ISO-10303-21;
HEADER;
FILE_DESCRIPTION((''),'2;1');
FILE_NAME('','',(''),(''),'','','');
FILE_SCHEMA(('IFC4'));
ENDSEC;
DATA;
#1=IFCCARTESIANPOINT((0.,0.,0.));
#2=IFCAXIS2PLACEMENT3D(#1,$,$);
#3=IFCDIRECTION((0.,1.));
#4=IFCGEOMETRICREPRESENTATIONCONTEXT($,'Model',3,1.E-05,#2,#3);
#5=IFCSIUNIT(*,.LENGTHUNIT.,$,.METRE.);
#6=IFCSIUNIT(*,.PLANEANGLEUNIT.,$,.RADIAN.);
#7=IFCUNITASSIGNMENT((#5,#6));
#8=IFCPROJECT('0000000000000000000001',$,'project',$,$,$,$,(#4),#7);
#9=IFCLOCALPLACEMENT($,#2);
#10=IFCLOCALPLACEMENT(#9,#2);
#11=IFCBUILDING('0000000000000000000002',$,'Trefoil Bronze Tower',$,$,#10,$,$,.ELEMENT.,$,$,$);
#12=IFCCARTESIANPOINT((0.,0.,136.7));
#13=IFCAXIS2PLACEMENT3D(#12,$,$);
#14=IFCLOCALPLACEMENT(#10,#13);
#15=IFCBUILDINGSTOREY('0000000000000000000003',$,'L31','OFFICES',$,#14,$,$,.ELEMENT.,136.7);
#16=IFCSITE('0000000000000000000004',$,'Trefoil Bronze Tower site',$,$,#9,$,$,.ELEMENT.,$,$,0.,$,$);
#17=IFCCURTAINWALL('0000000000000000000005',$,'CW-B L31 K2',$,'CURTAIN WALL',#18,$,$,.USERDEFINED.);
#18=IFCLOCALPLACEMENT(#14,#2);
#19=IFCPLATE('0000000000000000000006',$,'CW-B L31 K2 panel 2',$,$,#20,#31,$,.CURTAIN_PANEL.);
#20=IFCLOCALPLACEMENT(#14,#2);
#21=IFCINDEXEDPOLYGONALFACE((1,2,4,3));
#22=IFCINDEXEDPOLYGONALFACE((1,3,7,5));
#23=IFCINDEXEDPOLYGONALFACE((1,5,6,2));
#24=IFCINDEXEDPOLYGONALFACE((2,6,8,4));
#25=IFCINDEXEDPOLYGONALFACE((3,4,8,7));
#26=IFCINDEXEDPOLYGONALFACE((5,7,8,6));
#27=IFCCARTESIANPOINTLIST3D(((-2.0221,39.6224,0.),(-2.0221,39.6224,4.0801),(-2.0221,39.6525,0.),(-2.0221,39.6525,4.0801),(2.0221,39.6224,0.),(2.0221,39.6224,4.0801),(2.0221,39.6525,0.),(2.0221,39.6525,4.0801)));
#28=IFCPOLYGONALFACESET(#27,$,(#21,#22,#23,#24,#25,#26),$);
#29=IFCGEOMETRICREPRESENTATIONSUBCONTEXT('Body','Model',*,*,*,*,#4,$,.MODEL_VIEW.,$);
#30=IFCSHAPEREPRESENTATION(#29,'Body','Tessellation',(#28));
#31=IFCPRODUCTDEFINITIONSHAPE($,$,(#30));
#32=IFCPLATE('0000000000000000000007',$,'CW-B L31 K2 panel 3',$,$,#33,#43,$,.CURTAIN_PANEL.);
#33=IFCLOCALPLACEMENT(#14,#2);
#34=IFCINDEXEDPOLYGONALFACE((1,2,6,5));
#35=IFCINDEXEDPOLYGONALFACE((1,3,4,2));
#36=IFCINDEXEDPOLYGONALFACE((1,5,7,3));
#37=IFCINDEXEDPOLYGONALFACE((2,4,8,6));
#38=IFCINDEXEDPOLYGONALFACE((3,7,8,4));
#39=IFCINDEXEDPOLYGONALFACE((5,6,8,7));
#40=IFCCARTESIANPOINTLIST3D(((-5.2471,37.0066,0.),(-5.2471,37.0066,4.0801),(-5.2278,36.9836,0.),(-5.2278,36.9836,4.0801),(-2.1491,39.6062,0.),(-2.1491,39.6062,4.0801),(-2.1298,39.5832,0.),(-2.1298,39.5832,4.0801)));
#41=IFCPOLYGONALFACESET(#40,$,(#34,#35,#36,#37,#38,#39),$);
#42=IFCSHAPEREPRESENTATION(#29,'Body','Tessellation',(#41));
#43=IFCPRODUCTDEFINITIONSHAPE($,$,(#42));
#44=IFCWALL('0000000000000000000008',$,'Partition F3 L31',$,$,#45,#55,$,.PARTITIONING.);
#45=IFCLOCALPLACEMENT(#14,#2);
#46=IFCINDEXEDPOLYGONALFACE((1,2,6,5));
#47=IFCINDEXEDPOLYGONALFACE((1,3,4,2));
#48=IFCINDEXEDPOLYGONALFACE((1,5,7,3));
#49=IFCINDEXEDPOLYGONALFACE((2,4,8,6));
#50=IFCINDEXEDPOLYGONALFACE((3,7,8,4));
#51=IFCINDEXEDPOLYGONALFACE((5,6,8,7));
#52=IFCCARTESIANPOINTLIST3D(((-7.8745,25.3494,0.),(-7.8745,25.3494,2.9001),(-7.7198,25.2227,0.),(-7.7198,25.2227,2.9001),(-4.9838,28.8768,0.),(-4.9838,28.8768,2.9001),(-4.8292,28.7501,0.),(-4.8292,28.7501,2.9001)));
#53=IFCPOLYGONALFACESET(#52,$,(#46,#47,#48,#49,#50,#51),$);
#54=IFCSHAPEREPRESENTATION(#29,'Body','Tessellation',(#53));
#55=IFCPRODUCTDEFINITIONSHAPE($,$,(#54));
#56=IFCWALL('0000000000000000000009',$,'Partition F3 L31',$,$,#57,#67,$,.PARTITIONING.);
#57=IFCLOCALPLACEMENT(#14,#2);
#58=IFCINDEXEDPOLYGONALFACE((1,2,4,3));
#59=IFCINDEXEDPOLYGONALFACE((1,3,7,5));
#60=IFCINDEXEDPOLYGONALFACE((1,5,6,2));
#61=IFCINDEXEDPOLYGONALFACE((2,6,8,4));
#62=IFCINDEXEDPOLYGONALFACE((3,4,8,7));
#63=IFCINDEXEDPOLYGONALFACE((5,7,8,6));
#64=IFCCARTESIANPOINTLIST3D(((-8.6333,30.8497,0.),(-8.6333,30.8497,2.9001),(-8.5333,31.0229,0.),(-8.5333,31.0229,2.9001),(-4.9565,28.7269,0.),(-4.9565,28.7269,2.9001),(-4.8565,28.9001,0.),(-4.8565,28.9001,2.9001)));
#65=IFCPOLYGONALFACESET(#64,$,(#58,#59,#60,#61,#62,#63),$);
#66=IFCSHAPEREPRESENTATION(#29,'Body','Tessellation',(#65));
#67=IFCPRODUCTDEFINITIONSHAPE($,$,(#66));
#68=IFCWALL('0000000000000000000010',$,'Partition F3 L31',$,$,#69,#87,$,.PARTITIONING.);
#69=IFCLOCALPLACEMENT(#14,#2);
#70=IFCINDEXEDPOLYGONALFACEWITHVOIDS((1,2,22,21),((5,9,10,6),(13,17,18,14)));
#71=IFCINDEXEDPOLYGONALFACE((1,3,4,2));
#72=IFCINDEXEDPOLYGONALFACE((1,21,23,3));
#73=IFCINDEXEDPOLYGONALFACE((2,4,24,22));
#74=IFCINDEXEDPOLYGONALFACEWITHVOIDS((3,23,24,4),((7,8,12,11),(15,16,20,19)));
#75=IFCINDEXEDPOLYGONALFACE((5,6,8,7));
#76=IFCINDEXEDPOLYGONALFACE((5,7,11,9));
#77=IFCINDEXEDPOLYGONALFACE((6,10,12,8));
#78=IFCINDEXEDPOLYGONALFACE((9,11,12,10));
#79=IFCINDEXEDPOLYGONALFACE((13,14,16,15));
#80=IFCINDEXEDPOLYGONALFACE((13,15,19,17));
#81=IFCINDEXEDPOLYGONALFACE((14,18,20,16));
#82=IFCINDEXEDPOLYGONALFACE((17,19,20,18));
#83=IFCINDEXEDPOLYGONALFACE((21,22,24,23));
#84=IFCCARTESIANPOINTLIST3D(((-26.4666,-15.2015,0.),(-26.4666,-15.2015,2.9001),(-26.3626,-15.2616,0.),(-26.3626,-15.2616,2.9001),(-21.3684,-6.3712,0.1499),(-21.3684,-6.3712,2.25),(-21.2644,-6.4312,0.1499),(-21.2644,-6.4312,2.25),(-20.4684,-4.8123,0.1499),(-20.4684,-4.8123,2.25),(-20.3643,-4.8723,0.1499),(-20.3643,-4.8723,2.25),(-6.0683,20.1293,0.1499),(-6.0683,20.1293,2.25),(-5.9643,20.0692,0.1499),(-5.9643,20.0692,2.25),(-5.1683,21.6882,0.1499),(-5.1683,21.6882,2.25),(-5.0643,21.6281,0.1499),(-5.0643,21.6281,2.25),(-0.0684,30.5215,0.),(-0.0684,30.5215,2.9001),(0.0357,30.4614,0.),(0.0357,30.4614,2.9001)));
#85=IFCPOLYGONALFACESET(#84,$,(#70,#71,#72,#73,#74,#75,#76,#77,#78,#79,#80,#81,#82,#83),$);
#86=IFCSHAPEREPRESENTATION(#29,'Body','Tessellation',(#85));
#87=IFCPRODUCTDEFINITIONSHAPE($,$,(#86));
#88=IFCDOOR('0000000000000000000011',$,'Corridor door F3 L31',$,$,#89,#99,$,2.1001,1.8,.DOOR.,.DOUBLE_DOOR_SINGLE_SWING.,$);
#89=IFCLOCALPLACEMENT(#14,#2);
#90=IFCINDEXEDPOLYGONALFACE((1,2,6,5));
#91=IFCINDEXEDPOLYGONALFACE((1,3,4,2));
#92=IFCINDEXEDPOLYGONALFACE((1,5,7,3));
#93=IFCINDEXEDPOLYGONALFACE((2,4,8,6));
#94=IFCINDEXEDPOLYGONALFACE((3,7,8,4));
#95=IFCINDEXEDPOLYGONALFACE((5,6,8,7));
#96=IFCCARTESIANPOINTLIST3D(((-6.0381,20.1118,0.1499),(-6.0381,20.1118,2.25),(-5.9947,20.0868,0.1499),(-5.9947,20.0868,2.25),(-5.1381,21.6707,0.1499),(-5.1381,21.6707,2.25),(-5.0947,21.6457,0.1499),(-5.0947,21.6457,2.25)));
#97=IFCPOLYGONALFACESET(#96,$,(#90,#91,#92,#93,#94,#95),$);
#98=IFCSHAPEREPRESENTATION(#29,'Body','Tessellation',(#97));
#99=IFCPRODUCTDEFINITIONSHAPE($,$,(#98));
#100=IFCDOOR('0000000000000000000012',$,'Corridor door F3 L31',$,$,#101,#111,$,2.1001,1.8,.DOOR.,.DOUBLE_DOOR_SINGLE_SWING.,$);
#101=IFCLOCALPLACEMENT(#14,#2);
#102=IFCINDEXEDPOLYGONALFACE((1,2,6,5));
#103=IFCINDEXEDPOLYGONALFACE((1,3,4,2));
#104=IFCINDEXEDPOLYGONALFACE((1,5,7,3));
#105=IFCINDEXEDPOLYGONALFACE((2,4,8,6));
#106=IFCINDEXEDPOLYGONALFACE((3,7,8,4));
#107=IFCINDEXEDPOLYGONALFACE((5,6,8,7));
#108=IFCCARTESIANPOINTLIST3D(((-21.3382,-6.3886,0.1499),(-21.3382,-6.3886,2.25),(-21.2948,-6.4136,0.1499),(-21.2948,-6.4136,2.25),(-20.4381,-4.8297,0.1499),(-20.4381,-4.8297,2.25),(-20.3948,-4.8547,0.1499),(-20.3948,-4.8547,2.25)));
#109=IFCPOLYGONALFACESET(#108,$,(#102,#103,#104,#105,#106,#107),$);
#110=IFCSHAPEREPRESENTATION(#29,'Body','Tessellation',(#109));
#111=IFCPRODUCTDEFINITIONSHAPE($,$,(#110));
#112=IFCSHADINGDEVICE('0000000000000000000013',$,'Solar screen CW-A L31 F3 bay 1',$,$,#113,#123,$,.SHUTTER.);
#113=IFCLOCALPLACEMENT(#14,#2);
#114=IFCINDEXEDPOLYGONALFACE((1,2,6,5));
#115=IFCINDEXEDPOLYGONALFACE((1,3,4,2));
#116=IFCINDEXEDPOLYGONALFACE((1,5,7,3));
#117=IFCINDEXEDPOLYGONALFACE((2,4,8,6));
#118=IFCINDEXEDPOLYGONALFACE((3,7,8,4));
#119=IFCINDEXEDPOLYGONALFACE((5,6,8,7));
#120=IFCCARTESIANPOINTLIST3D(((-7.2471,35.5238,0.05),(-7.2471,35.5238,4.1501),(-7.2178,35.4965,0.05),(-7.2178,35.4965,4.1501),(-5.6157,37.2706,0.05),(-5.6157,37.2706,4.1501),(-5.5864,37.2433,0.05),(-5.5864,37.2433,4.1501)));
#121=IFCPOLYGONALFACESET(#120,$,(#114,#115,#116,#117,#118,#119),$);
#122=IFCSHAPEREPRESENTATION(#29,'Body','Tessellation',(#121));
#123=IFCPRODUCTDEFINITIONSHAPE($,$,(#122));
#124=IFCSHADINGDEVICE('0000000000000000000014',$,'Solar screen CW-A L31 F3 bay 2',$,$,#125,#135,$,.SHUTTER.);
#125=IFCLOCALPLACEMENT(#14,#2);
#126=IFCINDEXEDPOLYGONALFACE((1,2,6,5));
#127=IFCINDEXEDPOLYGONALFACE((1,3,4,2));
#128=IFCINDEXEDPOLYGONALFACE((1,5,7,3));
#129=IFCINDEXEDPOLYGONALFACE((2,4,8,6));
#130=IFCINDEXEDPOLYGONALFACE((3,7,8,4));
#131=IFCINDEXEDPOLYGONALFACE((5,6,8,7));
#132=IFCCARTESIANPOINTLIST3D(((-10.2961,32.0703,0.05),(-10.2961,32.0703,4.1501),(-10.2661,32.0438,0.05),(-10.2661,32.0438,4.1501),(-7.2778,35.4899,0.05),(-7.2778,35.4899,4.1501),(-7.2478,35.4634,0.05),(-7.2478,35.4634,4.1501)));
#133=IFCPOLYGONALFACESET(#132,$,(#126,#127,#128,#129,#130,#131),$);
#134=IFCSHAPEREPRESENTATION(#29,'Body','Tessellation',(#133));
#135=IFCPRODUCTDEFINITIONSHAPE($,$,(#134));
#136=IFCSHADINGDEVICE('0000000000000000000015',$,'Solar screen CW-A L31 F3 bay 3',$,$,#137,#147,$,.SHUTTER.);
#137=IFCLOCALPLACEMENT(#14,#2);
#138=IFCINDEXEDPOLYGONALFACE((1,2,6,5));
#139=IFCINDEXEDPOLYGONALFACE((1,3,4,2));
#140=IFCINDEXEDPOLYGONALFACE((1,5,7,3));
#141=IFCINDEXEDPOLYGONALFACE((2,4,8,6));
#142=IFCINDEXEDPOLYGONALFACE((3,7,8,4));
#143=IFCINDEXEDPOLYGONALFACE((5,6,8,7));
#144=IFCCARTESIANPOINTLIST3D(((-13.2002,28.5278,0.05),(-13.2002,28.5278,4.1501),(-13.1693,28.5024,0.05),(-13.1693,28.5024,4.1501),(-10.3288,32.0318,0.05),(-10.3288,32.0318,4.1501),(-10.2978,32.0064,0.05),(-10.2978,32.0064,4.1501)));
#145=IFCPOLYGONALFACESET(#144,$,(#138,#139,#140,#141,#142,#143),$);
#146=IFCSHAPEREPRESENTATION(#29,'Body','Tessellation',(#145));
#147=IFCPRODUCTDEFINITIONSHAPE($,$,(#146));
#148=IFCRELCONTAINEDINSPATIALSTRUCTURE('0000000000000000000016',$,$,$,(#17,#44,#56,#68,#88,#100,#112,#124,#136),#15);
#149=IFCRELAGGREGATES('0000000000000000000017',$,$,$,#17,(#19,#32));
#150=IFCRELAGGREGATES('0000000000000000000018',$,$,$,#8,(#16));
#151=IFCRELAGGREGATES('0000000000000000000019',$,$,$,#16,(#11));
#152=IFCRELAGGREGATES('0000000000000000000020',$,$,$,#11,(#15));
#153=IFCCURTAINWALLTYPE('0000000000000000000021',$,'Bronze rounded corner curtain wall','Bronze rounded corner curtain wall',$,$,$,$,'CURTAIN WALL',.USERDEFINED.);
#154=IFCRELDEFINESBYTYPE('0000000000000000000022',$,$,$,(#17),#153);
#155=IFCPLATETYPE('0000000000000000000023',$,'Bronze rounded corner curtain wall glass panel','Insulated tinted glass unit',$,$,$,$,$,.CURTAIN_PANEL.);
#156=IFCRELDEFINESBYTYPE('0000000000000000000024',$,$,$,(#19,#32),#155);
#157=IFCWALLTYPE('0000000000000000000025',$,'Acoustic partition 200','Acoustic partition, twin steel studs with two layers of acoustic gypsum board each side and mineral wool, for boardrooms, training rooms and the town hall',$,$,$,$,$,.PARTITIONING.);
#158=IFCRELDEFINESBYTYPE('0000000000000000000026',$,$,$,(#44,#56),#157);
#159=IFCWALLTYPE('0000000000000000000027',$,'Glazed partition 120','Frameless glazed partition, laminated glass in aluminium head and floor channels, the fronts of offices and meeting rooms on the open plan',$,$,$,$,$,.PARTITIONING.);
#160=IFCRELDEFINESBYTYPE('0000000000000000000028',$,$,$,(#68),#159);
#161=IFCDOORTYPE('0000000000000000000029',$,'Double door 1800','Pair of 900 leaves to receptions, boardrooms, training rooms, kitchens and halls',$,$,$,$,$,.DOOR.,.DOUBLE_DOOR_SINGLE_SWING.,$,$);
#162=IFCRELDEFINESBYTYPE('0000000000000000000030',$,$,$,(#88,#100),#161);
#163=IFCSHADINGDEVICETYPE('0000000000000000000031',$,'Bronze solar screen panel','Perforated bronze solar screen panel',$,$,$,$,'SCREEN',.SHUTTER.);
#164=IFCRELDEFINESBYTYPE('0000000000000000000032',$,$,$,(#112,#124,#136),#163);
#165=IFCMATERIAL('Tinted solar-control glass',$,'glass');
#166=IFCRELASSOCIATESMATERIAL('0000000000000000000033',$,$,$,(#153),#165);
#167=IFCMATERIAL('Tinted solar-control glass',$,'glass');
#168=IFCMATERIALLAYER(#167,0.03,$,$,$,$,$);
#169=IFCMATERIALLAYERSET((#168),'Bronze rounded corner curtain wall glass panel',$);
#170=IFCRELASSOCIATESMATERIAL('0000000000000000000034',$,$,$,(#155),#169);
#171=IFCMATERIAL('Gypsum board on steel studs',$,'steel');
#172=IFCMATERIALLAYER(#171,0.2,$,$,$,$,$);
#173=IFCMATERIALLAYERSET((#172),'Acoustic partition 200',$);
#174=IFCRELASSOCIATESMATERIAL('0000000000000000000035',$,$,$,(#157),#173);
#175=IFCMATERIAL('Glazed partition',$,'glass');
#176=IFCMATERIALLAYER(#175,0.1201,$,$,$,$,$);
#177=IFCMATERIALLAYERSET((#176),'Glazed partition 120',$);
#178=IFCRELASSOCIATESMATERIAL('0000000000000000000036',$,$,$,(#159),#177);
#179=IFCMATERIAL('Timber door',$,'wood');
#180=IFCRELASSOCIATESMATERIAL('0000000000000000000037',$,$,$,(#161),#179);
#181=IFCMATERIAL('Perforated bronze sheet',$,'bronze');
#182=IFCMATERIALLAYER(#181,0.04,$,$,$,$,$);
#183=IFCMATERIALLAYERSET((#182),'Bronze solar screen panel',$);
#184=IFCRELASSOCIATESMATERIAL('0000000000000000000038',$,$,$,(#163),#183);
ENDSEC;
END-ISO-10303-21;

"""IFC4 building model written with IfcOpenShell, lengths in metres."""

from ifc_helpers import new_model, si_unit, direction, frame, frame_2d, origin, origin_2d, place, context, subcontext, project, spatial, rectangle, extrude, material, layer, layer_set, type_object, element, fill, aggregate, save


model = new_model("IFC4")

# Units and contexts
model_context = context("Model", 3, precision=1e-05, world=origin(), true_north=direction((0.0, 1.0)))
body_context = subcontext(model_context, "Body", "Model", "MODEL_VIEW")
ifc_project = project(units=[si_unit("LENGTHUNIT", "METRE"), si_unit("PLANEANGLEUNIT", "RADIAN")], contexts=[model_context])

# Site, building, storey
site_placement = place(None, origin())
site = spatial("IfcSite", under=ifc_project, at=site_placement, Name="Trefoil Bronze Tower site", CompositionType="ELEMENT", RefElevation=0.0)
building_placement = place(site_placement, origin())
building = spatial("IfcBuilding", under=site, at=building_placement, Name="Trefoil Bronze Tower", CompositionType="ELEMENT")
storey_placement = place(building_placement, frame((0.0, 0.0, 136.7)))
storey = spatial("IfcBuildingStorey", under=building, at=storey_placement, Name="L31", Description="OFFICES", CompositionType="ELEMENT", Elevation=136.7)

# Curtain wall
ifc_material_1 = material(Name="Tinted solar-control glass", Category="glass")
curtain_wall_type_1 = type_object("IfcCurtainWallType", Name="Bronze rounded corner curtain wall", Description="Bronze rounded corner curtain wall", ElementType="CURTAIN WALL", PredefinedType="USERDEFINED", material=ifc_material_1)
curtain_wall_1_placement = place(storey_placement, origin())
curtain_wall_1 = element("IfcCurtainWall", 1, at=curtain_wall_1_placement, inside=storey, type_object=curtain_wall_type_1, Name="CW-B L31 K2", ObjectType="CURTAIN WALL", PredefinedType="USERDEFINED")

# Plates
ifc_material_2 = material(Name="Tinted solar-control glass", Category="glass")
ifc_layer_1 = layer(ifc_material_2, 0.03)
ifc_layer_set_1 = layer_set([ifc_layer_1], Name="Bronze rounded corner curtain wall glass panel")
plate_type_1 = type_object("IfcPlateType", Name="Bronze rounded corner curtain wall glass panel", Description="Insulated tinted glass unit", PredefinedType="CURTAIN_PANEL", material=ifc_layer_set_1)
plate_1_placement = place(storey_placement, frame((0.0, 39.6375, 0.0), z_axis=(0.0, 0.0, 1.0), x_axis=(-1.0, 0.0, 0.0)))
plate_1 = element("IfcPlate", 2, at=plate_1_placement, type_object=plate_type_1, Name="CW-B L31 K2 panel 2", PredefinedType="CURTAIN_PANEL", context=body_context, shape_type="SweptSolid", body=[
    extrude(rectangle(XDim=4.0442, YDim=0.03, at=origin_2d()), origin(), (0.0, 0.0, 1.0), 4.0801),
])
plate_2_placement = place(storey_placement, frame((-3.6885, 38.2949, 0.0), z_axis=(0.0, 0.0, 1.0), x_axis=(-0.766044, -0.642788, 0.0)))
plate_2 = element("IfcPlate", 3, at=plate_2_placement, type_object=plate_type_1, Name="CW-B L31 K2 panel 3", PredefinedType="CURTAIN_PANEL", context=body_context, shape_type="SweptSolid", body=[
    extrude(rectangle(XDim=4.0442, YDim=0.03, at=origin_2d()), origin(), (0.0, 0.0, 1.0), 4.0801),
])
aggregate(curtain_wall_1, [plate_1, plate_2])

# Walls
ifc_material_3 = material(Name="Gypsum board on steel studs", Category="steel")
ifc_layer_2 = layer(ifc_material_3, 0.2)
ifc_layer_set_2 = layer_set([ifc_layer_2], Name="Acoustic partition 200")
wall_type_1 = type_object("IfcWallType", Name="Acoustic partition 200", Description="Acoustic partition, twin steel studs with two layers of acoustic gypsum board each side and mineral wool, for boardrooms, training rooms and the town hall", PredefinedType="PARTITIONING", material=ifc_layer_set_2)
wall_1_placement = place(storey_placement, frame((-4.9065, 28.8135, 0.0), z_axis=(0.0, 0.0, 1.0), x_axis=(-0.633844, -0.773461, 0.0)))
element("IfcWall", 4, at=wall_1_placement, inside=storey, type_object=wall_type_1, Name="Partition F3 L31", PredefinedType="PARTITIONING", context=body_context, shape_type="SweptSolid", body=[
    extrude(rectangle(XDim=4.5605, YDim=0.2, at=frame_2d((2.2803, 0.0))), origin(), (0.0, 0.0, 1.0), 2.9001),
])
wall_2_placement = place(storey_placement, frame((-4.9065, 28.8135, 0.0), z_axis=(0.0, 0.0, 1.0), x_axis=(-0.866023, 0.500005, 0.0)))
element("IfcWall", 5, at=wall_2_placement, inside=storey, type_object=wall_type_1, Name="Partition F3 L31", PredefinedType="PARTITIONING", context=body_context, shape_type="SweptSolid", body=[
    extrude(rectangle(XDim=4.2456, YDim=0.2, at=frame_2d((2.1228, 0.0))), origin(), (0.0, 0.0, 1.0), 2.9001),
])

# Wall, openings, doors
ifc_material_4 = material(Name="Glazed partition", Category="glass")
ifc_layer_3 = layer(ifc_material_4, 0.1201)
ifc_layer_set_3 = layer_set([ifc_layer_3], Name="Glazed partition 120")
wall_type_2 = type_object("IfcWallType", Name="Glazed partition 120", Description="Frameless glazed partition, laminated glass in aluminium head and floor channels, the fronts of offices and meeting rooms on the open plan", PredefinedType="PARTITIONING", material=ifc_layer_set_3)
wall_3_placement = place(storey_placement, frame((-0.0164, 30.4915, 0.0), z_axis=(0.0, 0.0, 1.0), x_axis=(-0.500001, -0.866025, 0.0)))
wall_3 = element("IfcWall", 6, at=wall_3_placement, inside=storey, type_object=wall_type_2, Name="Partition F3 L31", PredefinedType="PARTITIONING", context=body_context, shape_type="SweptSolid", body=[
    extrude(rectangle(XDim=52.7964, YDim=0.1201, at=frame_2d((26.3982, 0.0))), origin(), (0.0, 0.0, 1.0), 2.9001),
])
opening_1_placement = place(wall_3_placement, frame((10.2, 0.0, 0.1499)))
opening_1 = element("IfcOpeningElement", 7, at=opening_1_placement, cuts=wall_3, PredefinedType="OPENING", context=body_context, shape_type="SweptSolid", body=[
    extrude(rectangle(XDim=1.8, YDim=2.1001, at=frame_2d((0.8999, 1.05))), frame((0.0, 0.0701, 0.0), z_axis=(0.0, -1.0, 0.0), x_axis=(1.0, 0.0, 0.0)), (0.0, 0.0, 1.0), 0.1401),
])
opening_2_placement = place(wall_3_placement, frame((40.8, 0.0, 0.1499)))
opening_2 = element("IfcOpeningElement", 8, at=opening_2_placement, cuts=wall_3, PredefinedType="OPENING", context=body_context, shape_type="SweptSolid", body=[
    extrude(rectangle(XDim=1.8, YDim=2.1001, at=frame_2d((0.8999, 1.05))), frame((0.0, 0.0701, 0.0), z_axis=(0.0, -1.0, 0.0), x_axis=(1.0, 0.0, 0.0)), (0.0, 0.0, 1.0), 0.1401),
])
ifc_material_5 = material(Name="Timber door", Category="wood")
door_type = type_object("IfcDoorType", Name="Double door 1800", Description="Pair of 900 leaves to receptions, boardrooms, training rooms, kitchens and halls", OperationType="DOUBLE_DOOR_SINGLE_SWING", PredefinedType="DOOR", material=ifc_material_5)
door_1_placement = place(opening_1_placement, origin())
door_1 = element("IfcDoor", 9, at=door_1_placement, inside=storey, type_object=door_type, Name="Corridor door F3 L31", OperationType="DOUBLE_DOOR_SINGLE_SWING", OverallHeight=2.1001, OverallWidth=1.8, PredefinedType="DOOR", context=body_context, shape_type="SweptSolid", body=[
    extrude(rectangle(XDim=1.8, YDim=2.1001, at=frame_2d((0.8999, 1.05))), frame((0.0, 0.0249, 0.0), z_axis=(0.0, -1.0, 0.0), x_axis=(1.0, 0.0, 0.0)), (0.0, 0.0, 1.0), 0.05),
])
fill(opening_1, door_1)
door_2_placement = place(opening_2_placement, origin())
door_2 = element("IfcDoor", 10, at=door_2_placement, inside=storey, type_object=door_type, Name="Corridor door F3 L31", OperationType="DOUBLE_DOOR_SINGLE_SWING", OverallHeight=2.1001, OverallWidth=1.8, PredefinedType="DOOR", context=body_context, shape_type="SweptSolid", body=[
    extrude(rectangle(XDim=1.8, YDim=2.1001, at=frame_2d((0.8999, 1.05))), frame((0.0, 0.0249, 0.0), z_axis=(0.0, -1.0, 0.0), x_axis=(1.0, 0.0, 0.0)), (0.0, 0.0, 1.0), 0.05),
])
fill(opening_2, door_2)

# Shading devices
ifc_material_6 = material(Name="Perforated bronze sheet", Category="bronze")
ifc_layer_4 = layer(ifc_material_6, 0.04)
ifc_layer_set_4 = layer_set([ifc_layer_4], Name="Bronze solar screen panel")
shading_device_type = type_object("IfcShadingDeviceType", Name="Bronze solar screen panel", Description="Perforated bronze solar screen panel", ElementType="SCREEN", PredefinedType="SHUTTER", material=ifc_layer_set_4)
shading_device_1_placement = place(storey_placement, frame((-6.4167, 36.3835, 0.05), z_axis=(0.0, 0.0, 1.0), x_axis=(-0.682536, -0.730852, 0.0)))
element("IfcShadingDevice", 11, at=shading_device_1_placement, inside=storey, type_object=shading_device_type, Name="Solar screen CW-A L31 F3 bay 1", PredefinedType="SHUTTER", context=body_context, shape_type="SweptSolid", body=[
    extrude(rectangle(XDim=2.3901, YDim=0.04, at=origin_2d()), origin(), (0.0, 0.0, 1.0), 4.1001),
])
shading_device_2_placement = place(storey_placement, frame((-8.772, 33.7668, 0.05), z_axis=(0.0, 0.0, 1.0), x_axis=(-0.661751, -0.749723, 0.0)))
element("IfcShadingDevice", 12, at=shading_device_2_placement, inside=storey, type_object=shading_device_type, Name="Solar screen CW-A L31 F3 bay 2", PredefinedType="SHUTTER", context=body_context, shape_type="SweptSolid", body=[
    extrude(rectangle(XDim=4.561, YDim=0.04, at=origin_2d()), origin(), (0.0, 0.0, 1.0), 4.1001),
])
shading_device_3_placement = place(storey_placement, frame((-11.749, 30.2671, 0.05), z_axis=(0.0, 0.0, 1.0), x_axis=(-0.63384, -0.773464, 0.0)))
element("IfcShadingDevice", 13, at=shading_device_3_placement, inside=storey, type_object=shading_device_type, Name="Solar screen CW-A L31 F3 bay 3", PredefinedType="SHUTTER", context=body_context, shape_type="SweptSolid", body=[
    extrude(rectangle(XDim=4.5303, YDim=0.04, at=origin_2d()), origin(), (0.0, 0.0, 1.0), 4.1001),
])

save(model, "model.ifc")
